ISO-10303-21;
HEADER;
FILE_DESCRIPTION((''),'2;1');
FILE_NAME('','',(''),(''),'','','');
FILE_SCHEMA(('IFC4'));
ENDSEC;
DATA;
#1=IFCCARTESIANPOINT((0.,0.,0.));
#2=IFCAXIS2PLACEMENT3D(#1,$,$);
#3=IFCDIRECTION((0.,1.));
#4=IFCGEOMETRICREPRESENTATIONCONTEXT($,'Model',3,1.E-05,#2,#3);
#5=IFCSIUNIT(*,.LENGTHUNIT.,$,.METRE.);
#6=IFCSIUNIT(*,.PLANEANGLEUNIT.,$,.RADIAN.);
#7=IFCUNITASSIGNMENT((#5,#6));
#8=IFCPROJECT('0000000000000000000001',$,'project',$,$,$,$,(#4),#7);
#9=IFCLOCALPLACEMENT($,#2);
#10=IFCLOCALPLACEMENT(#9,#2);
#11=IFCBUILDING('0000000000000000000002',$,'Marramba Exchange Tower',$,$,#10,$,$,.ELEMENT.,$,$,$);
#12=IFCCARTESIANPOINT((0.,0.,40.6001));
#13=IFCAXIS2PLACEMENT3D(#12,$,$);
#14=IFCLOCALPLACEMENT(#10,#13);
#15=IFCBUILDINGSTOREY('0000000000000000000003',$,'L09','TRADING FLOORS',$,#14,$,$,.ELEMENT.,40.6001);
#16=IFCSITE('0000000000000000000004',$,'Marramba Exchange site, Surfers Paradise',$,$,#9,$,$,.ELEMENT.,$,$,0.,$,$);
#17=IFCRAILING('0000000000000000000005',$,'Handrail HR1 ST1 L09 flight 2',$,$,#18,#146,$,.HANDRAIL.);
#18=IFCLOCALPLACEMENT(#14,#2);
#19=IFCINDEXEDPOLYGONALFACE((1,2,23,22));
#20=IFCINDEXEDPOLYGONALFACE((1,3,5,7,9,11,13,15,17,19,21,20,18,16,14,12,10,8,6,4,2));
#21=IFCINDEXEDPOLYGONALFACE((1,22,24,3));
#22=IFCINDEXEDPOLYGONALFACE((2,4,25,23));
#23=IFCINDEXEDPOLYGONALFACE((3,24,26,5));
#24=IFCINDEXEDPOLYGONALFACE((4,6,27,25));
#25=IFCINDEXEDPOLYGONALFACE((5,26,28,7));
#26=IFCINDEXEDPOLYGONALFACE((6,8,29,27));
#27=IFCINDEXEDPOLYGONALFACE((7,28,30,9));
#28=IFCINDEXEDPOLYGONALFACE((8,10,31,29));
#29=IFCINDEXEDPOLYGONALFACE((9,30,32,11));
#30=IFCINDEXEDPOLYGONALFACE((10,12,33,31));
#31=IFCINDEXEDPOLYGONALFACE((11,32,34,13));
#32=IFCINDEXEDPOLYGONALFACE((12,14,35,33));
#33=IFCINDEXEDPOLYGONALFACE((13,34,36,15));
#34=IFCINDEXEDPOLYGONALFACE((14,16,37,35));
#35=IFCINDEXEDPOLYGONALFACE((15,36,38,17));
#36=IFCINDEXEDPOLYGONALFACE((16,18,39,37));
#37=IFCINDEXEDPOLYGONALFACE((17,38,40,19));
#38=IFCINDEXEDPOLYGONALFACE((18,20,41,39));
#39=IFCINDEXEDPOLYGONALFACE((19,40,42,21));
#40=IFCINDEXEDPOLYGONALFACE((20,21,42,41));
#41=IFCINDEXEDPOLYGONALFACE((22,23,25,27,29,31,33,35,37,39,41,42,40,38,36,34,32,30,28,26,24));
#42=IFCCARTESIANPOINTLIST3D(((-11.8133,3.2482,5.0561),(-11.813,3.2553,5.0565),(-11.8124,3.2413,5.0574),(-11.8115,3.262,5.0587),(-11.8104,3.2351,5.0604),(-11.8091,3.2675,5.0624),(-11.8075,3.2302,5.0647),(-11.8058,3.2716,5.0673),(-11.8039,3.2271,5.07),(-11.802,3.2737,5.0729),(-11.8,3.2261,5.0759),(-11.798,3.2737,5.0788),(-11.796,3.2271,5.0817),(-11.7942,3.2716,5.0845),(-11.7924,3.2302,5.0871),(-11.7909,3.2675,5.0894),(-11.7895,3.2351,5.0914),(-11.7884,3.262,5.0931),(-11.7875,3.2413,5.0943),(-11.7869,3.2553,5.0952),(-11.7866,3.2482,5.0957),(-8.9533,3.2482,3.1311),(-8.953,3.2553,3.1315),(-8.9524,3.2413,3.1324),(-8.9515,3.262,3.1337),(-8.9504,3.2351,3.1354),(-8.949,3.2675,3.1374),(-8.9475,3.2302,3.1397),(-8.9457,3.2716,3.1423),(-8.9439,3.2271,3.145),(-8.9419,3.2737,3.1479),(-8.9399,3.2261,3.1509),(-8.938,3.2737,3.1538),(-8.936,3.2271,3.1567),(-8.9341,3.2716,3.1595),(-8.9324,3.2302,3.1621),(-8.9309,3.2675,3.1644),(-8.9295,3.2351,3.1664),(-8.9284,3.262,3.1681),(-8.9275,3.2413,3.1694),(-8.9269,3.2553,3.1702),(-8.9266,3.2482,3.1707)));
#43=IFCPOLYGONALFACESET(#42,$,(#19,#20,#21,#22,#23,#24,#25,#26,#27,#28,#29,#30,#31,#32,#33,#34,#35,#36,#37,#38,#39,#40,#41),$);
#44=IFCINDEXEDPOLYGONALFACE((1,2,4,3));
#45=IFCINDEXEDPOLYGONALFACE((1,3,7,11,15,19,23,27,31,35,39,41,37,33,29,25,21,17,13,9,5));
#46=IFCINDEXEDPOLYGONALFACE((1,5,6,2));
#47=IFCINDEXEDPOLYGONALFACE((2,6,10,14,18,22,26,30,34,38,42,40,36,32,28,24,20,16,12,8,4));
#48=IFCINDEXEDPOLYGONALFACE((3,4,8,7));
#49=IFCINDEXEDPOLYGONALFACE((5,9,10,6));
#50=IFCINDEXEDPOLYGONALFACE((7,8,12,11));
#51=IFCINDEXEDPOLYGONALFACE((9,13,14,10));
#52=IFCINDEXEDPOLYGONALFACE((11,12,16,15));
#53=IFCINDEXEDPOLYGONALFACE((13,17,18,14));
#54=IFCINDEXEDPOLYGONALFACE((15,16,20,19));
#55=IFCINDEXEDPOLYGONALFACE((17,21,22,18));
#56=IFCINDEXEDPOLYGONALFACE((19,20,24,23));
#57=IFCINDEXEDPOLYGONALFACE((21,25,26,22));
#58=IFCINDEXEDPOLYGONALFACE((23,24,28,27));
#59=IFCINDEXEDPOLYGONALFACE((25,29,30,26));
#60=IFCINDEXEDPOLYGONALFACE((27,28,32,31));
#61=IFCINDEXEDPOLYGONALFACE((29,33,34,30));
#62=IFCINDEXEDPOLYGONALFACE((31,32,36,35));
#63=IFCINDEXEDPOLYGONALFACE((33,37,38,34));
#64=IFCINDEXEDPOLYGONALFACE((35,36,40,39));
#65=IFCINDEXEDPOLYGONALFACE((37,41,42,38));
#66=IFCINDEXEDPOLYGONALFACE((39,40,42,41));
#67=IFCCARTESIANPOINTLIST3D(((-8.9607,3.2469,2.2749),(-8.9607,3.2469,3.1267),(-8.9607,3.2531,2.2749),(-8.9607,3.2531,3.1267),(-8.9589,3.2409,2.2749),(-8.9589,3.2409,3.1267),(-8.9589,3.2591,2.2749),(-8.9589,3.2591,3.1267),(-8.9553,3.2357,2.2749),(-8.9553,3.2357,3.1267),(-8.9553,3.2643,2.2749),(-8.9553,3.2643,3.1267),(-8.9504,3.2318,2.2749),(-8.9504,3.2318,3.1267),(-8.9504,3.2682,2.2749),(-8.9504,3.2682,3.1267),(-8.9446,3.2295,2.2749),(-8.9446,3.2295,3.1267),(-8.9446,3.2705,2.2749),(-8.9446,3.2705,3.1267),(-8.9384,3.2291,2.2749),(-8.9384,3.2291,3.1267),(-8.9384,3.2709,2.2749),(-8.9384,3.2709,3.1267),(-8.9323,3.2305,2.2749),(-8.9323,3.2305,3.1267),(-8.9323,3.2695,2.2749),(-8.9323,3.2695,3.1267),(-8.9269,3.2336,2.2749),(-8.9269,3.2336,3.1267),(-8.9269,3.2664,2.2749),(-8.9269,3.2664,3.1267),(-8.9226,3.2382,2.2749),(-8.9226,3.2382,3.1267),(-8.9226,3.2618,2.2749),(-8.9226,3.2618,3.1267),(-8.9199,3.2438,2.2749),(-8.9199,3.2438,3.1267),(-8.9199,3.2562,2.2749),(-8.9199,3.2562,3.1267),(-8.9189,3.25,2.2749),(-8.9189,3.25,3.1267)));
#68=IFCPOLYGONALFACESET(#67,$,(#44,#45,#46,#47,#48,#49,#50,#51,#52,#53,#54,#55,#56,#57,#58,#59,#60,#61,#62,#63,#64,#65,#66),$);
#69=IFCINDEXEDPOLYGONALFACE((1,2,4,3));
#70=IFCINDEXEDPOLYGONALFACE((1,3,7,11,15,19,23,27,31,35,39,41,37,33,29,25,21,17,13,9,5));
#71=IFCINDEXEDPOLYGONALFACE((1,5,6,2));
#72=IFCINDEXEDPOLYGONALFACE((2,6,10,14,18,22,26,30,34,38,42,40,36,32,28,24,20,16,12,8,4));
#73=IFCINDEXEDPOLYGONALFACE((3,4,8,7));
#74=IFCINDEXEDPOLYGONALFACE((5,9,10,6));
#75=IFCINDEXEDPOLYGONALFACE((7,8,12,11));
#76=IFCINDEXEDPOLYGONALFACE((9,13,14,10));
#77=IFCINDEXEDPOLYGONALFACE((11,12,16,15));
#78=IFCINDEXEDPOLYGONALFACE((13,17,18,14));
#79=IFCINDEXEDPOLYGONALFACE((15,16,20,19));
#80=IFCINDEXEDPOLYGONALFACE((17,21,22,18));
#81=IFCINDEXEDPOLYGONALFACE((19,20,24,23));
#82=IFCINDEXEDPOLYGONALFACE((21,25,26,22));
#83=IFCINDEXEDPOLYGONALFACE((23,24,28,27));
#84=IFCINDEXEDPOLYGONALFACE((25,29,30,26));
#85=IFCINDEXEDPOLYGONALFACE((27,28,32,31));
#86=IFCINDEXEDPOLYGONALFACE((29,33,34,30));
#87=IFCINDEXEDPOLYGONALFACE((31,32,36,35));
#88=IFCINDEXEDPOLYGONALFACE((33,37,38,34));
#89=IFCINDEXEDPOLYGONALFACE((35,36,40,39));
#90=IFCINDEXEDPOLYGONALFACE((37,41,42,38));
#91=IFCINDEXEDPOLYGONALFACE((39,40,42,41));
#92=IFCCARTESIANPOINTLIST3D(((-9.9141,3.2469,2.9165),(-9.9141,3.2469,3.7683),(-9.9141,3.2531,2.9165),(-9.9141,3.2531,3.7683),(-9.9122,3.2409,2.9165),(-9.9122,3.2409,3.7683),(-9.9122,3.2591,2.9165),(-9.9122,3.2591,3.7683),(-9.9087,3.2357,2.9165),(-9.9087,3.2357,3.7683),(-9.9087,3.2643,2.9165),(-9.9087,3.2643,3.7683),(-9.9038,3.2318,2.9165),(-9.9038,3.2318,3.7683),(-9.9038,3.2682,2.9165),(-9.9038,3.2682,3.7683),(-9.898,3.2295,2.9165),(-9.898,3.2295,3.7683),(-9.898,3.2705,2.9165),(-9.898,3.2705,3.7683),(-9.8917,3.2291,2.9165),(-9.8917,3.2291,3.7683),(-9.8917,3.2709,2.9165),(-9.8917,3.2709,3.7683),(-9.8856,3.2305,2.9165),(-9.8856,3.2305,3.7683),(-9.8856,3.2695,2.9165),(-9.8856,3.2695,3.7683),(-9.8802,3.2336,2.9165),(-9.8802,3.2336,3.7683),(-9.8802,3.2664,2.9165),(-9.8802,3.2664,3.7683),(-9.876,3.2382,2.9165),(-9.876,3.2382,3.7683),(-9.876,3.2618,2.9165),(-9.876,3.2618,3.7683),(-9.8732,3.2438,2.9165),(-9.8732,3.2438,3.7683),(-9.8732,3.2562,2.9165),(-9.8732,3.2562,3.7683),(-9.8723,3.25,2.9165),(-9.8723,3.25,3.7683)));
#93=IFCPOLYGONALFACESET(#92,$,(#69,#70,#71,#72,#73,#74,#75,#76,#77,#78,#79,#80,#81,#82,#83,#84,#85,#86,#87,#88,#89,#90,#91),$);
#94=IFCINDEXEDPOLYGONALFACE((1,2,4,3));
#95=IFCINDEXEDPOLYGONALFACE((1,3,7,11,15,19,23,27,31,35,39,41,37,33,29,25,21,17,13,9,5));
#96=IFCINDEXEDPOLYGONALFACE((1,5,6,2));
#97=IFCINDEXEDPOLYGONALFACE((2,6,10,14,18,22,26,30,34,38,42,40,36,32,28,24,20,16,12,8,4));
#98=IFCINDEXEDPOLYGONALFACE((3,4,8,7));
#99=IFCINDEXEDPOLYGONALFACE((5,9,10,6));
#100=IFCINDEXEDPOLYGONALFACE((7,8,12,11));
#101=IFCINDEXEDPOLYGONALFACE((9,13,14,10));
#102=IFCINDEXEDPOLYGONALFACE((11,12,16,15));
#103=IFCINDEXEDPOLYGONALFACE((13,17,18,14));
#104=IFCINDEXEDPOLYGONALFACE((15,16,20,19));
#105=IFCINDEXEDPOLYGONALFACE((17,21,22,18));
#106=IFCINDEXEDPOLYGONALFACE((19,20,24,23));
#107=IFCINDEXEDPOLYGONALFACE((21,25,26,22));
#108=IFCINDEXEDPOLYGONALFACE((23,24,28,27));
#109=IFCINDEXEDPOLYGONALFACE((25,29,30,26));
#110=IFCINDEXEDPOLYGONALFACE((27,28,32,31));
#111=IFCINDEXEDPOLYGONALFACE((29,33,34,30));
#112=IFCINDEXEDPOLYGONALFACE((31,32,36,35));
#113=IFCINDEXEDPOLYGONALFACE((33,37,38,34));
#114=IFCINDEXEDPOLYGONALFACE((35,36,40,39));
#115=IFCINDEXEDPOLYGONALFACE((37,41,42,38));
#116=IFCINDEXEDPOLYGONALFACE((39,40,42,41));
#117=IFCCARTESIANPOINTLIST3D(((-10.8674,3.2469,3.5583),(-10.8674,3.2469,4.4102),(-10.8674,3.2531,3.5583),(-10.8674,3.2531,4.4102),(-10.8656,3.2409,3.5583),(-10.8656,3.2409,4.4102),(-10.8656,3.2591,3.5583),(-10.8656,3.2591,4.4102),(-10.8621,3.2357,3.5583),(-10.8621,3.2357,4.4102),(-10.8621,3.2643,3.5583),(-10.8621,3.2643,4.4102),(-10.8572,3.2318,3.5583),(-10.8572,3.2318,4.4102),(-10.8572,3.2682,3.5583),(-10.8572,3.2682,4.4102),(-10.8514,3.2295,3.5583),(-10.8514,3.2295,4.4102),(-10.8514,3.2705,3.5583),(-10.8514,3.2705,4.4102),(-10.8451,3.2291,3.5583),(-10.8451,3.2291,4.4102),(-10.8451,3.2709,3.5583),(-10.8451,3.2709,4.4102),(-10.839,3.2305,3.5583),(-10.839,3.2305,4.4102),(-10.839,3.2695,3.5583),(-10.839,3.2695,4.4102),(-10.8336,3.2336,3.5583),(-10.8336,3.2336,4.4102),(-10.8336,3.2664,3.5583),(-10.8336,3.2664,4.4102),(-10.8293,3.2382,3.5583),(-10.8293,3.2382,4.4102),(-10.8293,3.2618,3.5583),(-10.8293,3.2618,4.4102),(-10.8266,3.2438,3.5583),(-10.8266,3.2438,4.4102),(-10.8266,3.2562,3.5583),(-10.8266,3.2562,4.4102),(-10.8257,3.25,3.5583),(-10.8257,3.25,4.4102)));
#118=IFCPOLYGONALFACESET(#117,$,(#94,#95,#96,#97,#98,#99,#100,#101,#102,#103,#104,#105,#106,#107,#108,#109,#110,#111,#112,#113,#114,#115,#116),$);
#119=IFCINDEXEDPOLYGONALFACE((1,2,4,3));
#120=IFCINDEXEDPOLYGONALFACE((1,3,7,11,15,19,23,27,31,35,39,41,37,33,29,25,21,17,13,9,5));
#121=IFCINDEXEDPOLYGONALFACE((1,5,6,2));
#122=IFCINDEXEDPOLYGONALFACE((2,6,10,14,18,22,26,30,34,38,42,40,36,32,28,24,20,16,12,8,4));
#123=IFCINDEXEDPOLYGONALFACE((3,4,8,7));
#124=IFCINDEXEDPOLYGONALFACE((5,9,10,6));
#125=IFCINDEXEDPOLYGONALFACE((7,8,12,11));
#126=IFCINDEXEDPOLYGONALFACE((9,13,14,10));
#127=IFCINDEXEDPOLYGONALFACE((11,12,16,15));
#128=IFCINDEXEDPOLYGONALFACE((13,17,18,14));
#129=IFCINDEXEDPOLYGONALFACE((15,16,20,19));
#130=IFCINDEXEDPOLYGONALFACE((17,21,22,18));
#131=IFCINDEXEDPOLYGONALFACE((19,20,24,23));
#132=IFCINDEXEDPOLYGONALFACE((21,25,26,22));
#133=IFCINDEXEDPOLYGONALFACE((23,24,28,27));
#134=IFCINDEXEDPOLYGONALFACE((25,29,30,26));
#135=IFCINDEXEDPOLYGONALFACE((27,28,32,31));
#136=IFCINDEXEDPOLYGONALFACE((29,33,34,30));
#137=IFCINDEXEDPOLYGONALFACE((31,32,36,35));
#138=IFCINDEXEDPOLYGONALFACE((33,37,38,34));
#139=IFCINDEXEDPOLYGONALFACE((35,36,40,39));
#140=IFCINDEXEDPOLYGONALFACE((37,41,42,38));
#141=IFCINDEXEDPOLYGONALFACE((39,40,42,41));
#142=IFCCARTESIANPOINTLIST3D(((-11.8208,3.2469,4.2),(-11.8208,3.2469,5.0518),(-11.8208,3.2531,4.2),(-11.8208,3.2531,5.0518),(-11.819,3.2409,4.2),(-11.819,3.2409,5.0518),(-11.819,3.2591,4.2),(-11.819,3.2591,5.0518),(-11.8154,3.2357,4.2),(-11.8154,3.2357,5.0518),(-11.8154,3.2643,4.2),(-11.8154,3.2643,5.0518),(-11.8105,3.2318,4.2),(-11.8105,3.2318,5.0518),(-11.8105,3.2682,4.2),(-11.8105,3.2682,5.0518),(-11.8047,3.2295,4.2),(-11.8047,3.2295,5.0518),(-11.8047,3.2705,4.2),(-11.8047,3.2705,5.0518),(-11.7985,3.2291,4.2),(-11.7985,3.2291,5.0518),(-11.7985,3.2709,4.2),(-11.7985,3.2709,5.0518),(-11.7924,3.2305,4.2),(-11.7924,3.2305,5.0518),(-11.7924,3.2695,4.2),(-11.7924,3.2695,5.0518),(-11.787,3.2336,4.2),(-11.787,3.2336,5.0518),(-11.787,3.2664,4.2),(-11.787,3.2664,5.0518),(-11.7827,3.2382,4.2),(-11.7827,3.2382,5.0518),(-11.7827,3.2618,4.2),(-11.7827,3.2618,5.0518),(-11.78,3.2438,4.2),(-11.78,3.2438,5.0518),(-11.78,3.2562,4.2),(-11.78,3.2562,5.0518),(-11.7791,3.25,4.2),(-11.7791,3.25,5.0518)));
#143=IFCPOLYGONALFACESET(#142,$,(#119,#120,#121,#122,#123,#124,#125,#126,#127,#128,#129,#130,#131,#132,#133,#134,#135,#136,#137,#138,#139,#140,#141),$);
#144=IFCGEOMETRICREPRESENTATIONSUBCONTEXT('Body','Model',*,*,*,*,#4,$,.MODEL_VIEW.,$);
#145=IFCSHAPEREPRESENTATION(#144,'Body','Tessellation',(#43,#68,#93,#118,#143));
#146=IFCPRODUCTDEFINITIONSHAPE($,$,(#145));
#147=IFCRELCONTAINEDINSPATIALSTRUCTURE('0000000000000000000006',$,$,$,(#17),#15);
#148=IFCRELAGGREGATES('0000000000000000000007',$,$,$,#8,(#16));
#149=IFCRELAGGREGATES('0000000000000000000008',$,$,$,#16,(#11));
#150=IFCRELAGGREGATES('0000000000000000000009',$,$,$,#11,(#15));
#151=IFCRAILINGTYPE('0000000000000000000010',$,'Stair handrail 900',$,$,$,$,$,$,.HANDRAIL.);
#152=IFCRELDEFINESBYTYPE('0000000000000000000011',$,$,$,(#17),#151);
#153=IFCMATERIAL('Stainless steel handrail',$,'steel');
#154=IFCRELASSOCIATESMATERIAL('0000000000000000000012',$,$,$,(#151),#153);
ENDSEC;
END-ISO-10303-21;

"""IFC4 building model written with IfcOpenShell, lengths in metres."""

from ifc_helpers import new_model, si_unit, direction, frame, origin, origin_2d, place, context, subcontext, project, spatial, circle, extrude, material, type_object, element, save


model = new_model("IFC4")

# Units and contexts
model_context = context("Model", 3, precision=1e-05, world=origin(), true_north=direction((0.0, 1.0)))
body_context = subcontext(model_context, "Body", "Model", "MODEL_VIEW")
ifc_project = project(units=[si_unit("LENGTHUNIT", "METRE"), si_unit("PLANEANGLEUNIT", "RADIAN")], contexts=[model_context])

# Site, building, storey
site_placement = place(None, origin())
site = spatial("IfcSite", under=ifc_project, at=site_placement, Name="Marramba Exchange site, Surfers Paradise", CompositionType="ELEMENT", RefElevation=0.0)
building_placement = place(site_placement, origin())
building = spatial("IfcBuilding", under=site, at=building_placement, Name="Marramba Exchange Tower", CompositionType="ELEMENT")
storey_placement = place(building_placement, frame((0.0, 0.0, 40.6001)))
storey = spatial("IfcBuildingStorey", under=building, at=storey_placement, Name="L09", Description="TRADING FLOORS", CompositionType="ELEMENT", Elevation=40.6001)

# Railing
ifc_material_1 = material(Name="Stainless steel handrail", Category="steel")
railing_type = type_object("IfcRailingType", Name="Stair handrail 900", PredefinedType="HANDRAIL", material=ifc_material_1)
railing_1_placement = place(storey_placement, frame((-8.9399, 3.25, 2.2749)))
element("IfcRailing", 1, at=railing_1_placement, inside=storey, type_object=railing_type, Name="Handrail HR1 ST1 L09 flight 2", PredefinedType="HANDRAIL", context=body_context, shape_type="SweptSolid", body=[
    extrude(circle(Radius=0.0239, at=origin_2d()), frame((0.0, 0.0, 0.876), z_axis=(-0.829591, 0.0, 0.558372), x_axis=(0.0, -1.0, 0.0)), (0.0, 0.0, 1.0), 3.4475),
    extrude(circle(Radius=0.021, at=origin_2d()), origin(), (0.0, 0.0, 1.0), 0.8518),
    extrude(circle(Radius=0.021, at=origin_2d()), frame((-0.9534, 0.0, 0.6416)), (0.0, 0.0, 1.0), 0.8518),
    extrude(circle(Radius=0.021, at=origin_2d()), frame((-1.9067, 0.0, 1.2834)), (0.0, 0.0, 1.0), 0.8518),
    extrude(circle(Radius=0.021, at=origin_2d()), frame((-2.8601, 0.0, 1.925)), (0.0, 0.0, 1.0), 0.8518),
])

save(model, "model.ifc")
